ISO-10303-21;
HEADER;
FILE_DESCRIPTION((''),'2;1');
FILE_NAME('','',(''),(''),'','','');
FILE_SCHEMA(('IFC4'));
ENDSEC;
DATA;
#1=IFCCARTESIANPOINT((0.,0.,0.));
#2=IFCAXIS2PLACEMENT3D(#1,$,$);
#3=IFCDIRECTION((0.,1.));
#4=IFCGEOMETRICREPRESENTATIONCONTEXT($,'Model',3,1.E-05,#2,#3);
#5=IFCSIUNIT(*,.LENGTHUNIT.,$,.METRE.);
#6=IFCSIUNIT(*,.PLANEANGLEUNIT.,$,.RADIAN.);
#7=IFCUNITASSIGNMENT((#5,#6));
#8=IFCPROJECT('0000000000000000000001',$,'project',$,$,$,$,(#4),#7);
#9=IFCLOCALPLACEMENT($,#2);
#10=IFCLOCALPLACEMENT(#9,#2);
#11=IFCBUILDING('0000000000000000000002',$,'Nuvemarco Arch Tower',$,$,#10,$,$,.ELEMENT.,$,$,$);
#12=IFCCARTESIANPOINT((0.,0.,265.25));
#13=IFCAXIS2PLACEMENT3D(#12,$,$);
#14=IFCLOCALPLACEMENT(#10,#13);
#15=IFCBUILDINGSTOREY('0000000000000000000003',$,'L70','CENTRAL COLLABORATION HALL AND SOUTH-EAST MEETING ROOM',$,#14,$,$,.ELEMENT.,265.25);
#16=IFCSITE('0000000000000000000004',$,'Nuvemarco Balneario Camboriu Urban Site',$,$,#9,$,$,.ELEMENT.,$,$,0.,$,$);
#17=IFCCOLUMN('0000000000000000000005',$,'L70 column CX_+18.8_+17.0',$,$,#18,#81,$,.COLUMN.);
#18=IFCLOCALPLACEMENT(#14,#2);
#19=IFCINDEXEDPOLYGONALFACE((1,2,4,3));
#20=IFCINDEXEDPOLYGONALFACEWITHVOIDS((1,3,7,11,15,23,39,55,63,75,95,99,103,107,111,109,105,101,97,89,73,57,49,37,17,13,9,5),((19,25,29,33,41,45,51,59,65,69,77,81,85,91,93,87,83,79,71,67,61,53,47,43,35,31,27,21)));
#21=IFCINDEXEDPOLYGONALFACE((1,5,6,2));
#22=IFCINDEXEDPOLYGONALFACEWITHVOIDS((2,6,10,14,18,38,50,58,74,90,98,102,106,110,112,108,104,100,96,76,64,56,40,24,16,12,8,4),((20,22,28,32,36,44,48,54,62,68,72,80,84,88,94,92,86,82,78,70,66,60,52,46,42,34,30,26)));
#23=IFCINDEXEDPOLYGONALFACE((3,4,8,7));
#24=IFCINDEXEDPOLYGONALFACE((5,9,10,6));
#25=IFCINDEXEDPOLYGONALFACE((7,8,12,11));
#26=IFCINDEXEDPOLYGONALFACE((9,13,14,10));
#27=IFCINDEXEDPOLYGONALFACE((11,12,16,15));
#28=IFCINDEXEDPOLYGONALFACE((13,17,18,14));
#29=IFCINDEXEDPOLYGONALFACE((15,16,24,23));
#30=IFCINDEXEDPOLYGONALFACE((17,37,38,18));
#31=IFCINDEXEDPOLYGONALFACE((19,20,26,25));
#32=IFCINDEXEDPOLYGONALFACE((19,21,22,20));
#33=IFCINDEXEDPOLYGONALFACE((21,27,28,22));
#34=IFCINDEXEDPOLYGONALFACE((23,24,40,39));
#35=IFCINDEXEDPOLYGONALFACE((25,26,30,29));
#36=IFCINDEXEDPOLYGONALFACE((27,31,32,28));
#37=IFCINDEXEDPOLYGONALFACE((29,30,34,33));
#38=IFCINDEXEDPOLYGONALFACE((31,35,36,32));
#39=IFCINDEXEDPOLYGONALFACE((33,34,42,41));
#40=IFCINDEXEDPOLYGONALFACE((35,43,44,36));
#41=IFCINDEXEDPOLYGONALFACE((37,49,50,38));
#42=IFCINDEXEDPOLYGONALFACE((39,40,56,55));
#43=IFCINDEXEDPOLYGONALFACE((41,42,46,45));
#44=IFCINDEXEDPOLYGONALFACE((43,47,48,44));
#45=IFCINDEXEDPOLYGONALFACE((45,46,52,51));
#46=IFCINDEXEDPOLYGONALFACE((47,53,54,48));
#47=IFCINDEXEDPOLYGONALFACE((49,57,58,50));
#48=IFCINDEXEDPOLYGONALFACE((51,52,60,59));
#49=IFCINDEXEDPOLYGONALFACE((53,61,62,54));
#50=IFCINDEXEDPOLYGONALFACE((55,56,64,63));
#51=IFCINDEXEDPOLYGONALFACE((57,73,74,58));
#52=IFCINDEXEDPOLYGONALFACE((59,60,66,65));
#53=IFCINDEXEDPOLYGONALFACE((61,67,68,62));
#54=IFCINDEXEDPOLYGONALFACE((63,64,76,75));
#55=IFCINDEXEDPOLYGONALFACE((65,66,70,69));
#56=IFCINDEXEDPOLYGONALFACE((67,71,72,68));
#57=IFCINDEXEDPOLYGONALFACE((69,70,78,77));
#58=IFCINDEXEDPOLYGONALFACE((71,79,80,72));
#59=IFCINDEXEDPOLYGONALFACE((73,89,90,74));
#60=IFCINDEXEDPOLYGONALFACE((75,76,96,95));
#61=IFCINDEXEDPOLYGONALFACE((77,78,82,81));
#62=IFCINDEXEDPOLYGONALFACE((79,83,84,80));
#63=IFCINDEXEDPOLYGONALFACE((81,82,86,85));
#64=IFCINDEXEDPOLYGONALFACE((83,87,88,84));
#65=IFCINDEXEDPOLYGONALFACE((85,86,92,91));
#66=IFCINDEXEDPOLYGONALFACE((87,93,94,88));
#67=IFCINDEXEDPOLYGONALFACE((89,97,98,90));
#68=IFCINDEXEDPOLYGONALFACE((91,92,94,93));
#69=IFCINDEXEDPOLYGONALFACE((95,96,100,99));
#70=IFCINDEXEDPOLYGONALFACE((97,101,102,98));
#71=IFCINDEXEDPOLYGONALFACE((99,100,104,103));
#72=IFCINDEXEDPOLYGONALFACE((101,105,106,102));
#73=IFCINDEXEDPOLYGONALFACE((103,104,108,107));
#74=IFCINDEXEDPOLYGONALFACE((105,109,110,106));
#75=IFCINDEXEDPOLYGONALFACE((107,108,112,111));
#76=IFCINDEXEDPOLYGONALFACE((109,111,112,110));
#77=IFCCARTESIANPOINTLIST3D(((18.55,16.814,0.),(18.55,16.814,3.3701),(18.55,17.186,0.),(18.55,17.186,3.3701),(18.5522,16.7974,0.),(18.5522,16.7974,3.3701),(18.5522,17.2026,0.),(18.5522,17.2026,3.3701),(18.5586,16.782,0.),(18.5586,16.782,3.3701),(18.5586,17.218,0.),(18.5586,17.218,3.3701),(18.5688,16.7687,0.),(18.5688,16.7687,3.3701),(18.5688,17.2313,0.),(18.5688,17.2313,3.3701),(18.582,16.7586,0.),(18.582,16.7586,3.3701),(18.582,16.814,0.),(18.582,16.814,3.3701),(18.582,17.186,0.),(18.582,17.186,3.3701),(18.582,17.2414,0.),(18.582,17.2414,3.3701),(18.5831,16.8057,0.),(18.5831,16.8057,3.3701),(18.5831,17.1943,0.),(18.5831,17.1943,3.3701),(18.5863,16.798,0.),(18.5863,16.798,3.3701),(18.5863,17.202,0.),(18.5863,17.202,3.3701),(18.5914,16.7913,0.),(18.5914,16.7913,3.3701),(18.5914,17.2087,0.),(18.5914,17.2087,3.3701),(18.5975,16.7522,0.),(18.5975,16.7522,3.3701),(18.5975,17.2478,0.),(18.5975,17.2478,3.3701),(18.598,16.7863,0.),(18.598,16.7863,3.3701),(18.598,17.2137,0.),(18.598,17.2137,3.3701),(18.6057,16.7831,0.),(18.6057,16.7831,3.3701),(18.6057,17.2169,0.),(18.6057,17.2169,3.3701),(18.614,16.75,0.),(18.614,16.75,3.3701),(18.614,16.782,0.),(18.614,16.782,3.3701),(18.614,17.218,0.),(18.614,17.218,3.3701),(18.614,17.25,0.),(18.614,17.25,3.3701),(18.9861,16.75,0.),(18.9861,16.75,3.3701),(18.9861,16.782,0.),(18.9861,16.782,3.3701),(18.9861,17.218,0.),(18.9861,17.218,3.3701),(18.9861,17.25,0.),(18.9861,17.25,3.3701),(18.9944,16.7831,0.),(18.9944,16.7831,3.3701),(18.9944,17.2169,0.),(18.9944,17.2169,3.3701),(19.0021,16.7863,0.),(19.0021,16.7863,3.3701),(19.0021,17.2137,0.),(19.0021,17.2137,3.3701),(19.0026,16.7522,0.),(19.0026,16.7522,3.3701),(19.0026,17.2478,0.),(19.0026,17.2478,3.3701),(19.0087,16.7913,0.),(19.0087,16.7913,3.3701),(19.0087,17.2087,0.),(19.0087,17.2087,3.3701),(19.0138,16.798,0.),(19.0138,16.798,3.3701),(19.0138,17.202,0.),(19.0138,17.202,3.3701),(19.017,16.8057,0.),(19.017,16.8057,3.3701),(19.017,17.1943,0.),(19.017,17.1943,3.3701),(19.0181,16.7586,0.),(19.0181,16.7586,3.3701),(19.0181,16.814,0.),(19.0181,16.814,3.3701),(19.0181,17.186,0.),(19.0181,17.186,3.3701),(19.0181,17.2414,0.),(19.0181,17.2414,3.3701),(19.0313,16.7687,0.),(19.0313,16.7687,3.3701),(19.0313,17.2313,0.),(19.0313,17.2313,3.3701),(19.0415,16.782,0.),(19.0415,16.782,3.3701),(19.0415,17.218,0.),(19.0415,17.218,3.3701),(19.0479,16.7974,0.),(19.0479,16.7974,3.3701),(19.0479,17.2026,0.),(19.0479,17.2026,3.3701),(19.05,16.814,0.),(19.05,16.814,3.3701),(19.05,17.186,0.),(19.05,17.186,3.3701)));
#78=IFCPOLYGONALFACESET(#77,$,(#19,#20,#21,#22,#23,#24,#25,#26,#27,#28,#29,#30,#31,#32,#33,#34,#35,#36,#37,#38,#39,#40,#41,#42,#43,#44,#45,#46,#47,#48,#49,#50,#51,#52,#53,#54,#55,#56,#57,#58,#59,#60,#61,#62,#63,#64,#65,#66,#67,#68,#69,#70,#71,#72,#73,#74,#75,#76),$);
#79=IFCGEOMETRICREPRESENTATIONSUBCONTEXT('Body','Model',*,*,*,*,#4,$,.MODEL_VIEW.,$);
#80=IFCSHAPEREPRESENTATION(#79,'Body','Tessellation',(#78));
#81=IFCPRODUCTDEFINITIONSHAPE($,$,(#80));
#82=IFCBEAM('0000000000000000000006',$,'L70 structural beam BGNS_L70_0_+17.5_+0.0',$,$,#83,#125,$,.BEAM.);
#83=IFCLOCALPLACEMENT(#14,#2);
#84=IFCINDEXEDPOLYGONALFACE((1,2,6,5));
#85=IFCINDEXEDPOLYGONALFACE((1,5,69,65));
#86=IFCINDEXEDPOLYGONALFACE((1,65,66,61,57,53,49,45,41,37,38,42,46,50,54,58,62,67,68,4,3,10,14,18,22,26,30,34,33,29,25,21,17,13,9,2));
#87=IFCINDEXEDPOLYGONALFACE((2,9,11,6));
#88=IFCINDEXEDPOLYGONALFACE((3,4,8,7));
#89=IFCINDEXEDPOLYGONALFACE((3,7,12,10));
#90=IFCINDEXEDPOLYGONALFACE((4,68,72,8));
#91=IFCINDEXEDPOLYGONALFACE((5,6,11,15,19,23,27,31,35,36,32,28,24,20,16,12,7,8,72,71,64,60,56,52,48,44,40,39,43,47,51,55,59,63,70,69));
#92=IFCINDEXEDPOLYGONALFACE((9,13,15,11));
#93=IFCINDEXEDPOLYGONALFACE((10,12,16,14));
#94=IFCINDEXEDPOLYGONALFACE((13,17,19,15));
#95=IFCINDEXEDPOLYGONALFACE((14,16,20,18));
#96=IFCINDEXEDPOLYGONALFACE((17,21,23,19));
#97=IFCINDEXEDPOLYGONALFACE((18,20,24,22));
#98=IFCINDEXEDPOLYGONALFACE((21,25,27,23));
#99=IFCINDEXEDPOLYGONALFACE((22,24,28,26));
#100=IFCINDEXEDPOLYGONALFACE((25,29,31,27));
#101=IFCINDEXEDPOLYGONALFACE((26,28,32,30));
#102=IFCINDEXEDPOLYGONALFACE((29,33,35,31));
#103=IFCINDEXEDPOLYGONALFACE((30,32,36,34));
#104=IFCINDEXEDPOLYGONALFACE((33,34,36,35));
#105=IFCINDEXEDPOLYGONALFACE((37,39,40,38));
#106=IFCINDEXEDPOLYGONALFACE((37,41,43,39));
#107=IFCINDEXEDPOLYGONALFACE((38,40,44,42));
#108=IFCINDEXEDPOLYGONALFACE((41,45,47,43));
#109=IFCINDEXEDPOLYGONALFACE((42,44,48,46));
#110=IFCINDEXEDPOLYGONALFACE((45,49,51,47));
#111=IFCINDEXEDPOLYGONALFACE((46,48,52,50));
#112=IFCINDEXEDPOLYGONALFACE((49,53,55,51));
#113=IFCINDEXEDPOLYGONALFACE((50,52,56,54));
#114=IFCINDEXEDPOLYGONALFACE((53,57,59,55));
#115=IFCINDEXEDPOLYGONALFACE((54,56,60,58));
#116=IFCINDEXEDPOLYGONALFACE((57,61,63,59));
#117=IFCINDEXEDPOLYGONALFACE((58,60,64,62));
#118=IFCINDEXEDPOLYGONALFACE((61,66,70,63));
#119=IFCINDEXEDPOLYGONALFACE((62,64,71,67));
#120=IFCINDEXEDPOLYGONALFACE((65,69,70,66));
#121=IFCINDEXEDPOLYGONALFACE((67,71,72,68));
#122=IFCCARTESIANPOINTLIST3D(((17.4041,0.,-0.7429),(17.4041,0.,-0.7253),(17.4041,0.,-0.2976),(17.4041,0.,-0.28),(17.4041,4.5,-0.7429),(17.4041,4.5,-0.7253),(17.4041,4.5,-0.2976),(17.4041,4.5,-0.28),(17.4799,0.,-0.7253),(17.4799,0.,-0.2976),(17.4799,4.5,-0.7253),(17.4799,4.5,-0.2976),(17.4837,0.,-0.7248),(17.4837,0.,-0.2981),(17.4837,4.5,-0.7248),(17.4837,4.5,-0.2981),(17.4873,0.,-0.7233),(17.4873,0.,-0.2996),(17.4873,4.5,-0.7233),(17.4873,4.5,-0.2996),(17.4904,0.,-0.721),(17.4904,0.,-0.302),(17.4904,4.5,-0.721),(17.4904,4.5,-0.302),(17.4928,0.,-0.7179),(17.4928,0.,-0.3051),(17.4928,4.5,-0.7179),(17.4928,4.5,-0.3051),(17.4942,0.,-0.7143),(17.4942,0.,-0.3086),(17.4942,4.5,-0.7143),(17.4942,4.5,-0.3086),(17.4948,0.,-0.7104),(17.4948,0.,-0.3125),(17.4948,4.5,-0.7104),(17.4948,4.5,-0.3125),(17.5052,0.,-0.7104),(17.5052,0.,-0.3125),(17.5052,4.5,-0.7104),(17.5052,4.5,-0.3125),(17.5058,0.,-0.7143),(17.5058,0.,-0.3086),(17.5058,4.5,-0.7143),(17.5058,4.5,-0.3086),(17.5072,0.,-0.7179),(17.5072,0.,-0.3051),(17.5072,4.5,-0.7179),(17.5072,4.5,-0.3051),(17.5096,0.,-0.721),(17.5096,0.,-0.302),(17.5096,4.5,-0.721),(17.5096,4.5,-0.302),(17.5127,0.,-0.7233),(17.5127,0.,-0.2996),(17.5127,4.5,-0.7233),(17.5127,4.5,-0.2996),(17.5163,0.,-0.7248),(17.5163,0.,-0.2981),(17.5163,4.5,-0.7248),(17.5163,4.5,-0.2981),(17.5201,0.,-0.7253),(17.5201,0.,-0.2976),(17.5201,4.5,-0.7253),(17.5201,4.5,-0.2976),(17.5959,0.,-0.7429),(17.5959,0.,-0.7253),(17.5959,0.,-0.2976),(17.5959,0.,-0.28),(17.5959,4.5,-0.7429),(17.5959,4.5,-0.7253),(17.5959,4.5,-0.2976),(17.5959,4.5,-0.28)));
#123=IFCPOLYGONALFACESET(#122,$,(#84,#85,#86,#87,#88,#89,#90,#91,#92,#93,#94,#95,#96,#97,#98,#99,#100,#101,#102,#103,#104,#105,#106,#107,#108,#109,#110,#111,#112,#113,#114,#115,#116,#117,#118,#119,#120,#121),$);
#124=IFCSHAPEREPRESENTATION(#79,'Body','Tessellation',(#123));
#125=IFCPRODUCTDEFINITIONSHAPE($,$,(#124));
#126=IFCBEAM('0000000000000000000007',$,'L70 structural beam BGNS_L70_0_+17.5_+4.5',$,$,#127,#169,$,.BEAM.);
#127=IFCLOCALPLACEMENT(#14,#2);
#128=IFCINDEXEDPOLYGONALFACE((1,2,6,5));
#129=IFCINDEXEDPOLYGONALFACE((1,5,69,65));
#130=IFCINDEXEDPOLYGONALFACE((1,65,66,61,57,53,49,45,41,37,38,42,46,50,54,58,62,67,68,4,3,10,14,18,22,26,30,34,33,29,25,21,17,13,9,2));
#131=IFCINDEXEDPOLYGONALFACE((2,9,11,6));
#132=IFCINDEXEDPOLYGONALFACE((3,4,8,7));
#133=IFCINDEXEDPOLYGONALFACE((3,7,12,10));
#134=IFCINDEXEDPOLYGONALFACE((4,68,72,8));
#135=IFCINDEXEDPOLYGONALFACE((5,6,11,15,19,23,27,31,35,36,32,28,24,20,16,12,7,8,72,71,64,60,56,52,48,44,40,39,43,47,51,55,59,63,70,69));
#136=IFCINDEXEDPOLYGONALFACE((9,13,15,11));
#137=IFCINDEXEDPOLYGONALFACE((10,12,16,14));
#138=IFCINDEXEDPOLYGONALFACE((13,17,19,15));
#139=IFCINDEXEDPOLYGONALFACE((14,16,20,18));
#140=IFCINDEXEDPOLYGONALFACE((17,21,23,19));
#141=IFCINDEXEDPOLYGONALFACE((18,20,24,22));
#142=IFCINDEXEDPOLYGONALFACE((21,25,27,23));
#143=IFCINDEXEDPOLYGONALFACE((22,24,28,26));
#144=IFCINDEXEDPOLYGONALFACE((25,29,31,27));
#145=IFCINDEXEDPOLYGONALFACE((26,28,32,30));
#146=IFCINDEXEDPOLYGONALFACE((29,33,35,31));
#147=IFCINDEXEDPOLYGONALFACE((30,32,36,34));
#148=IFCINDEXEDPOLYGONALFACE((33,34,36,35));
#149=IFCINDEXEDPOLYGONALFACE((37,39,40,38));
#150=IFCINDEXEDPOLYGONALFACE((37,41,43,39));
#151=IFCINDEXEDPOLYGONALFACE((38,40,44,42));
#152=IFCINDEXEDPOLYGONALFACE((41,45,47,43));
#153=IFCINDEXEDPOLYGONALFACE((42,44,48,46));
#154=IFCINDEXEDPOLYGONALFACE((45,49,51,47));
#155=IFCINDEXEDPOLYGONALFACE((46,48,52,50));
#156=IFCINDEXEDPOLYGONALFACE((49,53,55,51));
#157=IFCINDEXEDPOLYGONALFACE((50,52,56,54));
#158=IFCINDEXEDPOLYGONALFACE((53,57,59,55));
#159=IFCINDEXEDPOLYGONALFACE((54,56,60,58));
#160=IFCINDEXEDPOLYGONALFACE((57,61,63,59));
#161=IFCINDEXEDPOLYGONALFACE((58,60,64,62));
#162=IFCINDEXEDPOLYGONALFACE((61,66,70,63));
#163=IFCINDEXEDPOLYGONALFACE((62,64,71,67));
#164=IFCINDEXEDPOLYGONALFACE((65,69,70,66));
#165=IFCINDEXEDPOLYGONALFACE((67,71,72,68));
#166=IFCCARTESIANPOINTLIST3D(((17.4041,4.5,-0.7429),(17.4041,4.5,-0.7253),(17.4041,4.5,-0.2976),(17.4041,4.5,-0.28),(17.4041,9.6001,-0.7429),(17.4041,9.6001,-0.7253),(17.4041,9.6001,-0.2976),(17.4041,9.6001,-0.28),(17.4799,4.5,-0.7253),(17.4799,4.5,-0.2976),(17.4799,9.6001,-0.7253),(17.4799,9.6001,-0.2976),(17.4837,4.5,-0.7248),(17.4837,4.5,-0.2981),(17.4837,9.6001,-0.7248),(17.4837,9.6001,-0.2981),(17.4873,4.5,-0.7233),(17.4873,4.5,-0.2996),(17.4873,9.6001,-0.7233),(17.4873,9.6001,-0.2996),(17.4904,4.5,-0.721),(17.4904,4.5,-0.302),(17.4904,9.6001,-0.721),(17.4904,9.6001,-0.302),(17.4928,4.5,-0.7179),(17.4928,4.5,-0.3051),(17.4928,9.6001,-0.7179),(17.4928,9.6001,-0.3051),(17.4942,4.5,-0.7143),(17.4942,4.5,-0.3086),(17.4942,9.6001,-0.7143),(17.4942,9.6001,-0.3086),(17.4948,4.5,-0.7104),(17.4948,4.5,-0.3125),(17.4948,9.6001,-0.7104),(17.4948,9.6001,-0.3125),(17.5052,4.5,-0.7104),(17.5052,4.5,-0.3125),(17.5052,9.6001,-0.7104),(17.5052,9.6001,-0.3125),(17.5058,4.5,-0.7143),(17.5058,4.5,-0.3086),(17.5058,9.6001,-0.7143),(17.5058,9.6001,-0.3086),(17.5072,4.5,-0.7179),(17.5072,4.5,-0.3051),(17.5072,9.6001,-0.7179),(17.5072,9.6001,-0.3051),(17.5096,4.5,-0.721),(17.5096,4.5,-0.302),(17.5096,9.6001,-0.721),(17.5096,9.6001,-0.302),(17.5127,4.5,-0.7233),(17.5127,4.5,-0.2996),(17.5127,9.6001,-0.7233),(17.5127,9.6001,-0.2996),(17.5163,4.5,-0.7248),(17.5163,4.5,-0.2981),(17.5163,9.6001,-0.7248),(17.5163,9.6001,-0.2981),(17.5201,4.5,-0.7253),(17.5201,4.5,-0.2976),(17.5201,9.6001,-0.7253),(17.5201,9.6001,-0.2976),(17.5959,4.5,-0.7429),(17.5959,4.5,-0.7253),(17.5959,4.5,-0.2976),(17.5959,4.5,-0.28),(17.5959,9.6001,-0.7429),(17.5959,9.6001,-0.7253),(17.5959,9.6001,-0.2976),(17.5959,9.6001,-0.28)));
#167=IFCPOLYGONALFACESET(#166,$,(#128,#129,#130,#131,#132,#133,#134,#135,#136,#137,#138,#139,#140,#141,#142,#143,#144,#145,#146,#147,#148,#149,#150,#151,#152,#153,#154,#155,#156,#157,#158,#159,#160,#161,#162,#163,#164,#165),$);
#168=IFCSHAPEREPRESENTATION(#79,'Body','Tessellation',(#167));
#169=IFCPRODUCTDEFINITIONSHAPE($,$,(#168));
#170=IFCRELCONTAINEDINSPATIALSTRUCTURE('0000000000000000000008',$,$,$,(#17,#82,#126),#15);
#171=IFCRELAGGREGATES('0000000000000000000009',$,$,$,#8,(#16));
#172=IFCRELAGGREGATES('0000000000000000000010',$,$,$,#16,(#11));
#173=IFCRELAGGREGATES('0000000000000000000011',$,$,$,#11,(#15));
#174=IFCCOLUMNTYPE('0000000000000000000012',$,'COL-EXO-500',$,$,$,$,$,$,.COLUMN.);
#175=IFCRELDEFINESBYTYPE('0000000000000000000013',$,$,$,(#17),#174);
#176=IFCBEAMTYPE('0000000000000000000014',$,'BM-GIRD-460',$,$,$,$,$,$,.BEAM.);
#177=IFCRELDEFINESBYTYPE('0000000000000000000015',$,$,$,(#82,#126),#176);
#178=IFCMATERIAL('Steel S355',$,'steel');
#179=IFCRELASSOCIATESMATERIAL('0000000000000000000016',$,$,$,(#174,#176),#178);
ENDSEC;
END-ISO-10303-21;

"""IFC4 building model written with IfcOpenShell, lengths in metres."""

from ifc_helpers import new_model, si_unit, direction, frame, origin, origin_2d, place, context, subcontext, project, spatial, hollow_rectangle, i_section, extrude, material, material_profile, profile_set, type_object, element, save


model = new_model("IFC4")

# Units and contexts
model_context = context("Model", 3, precision=1e-05, world=origin(), true_north=direction((0.0, 1.0)))
body_context = subcontext(model_context, "Body", "Model", "MODEL_VIEW")
ifc_project = project(units=[si_unit("LENGTHUNIT", "METRE"), si_unit("PLANEANGLEUNIT", "RADIAN")], contexts=[model_context])

# Site, building, storey
site_placement = place(None, origin())
site = spatial("IfcSite", under=ifc_project, at=site_placement, Name="Nuvemarco Balneario Camboriu Urban Site", CompositionType="ELEMENT", RefElevation=0.0)
building_placement = place(site_placement, origin())
building = spatial("IfcBuilding", under=site, at=building_placement, Name="Nuvemarco Arch Tower", CompositionType="ELEMENT")
storey_placement = place(building_placement, frame((0.0, 0.0, 265.25)))
storey = spatial("IfcBuildingStorey", under=building, at=storey_placement, Name="L70", Description="CENTRAL COLLABORATION HALL AND SOUTH-EAST MEETING ROOM", CompositionType="ELEMENT", Elevation=265.25)

# Column
ifc_material_1 = material(Name="Steel S355", Category="steel")
ifc_material_profile_1 = material_profile(ifc_material_1, hollow_rectangle(XDim=0.5, YDim=0.5, WallThickness=0.032, InnerFilletRadius=0.032, OuterFilletRadius=0.064, at=origin_2d()), Name="SHS500x500x32")
ifc_profile_set_1 = profile_set([ifc_material_profile_1], Name="Steel S355")
column_type_1 = type_object("IfcColumnType", Name="COL-EXO-500", PredefinedType="COLUMN", material=ifc_profile_set_1)
for number, where, z_axis, x_axis, name in (
    (1, (18.8, 17.0, 0.0), (0.0, 0.0, 1.0), (1.0, 0.0, 0.0), "L70 column CX_+18.8_+17.0"),
):
    element("IfcColumn", number, at=place(storey_placement, frame(where, z_axis=z_axis, x_axis=x_axis)), inside=storey, type_object=column_type_1, Name=name, PredefinedType="COLUMN", context=body_context, shape_type="SweptSolid", body=[
        extrude(hollow_rectangle(XDim=0.5, YDim=0.5, WallThickness=0.032, InnerFilletRadius=0.032, OuterFilletRadius=0.064, at=origin_2d()), origin(), (0.0, 0.0, 1.0), 3.3701),
    ])

# Beams
ifc_material_profile_2 = material_profile(ifc_material_1, i_section(OverallWidth=0.1919, OverallDepth=0.4629, WebThickness=0.0105, FlangeThickness=0.0176, FilletRadius=0.0149, at=origin_2d()), Name="W460x89")
ifc_profile_set_2 = profile_set([ifc_material_profile_2], Name="Steel S355")
beam_type_1 = type_object("IfcBeamType", Name="BM-GIRD-460", PredefinedType="BEAM", material=ifc_profile_set_2)
beam_1_placement = place(storey_placement, frame((17.5, 0.0, -0.5115), z_axis=(0.0, 1.0, 0.0), x_axis=(-1.0, 0.0, 0.0)))
element("IfcBeam", 2, at=beam_1_placement, inside=storey, type_object=beam_type_1, Name="L70 structural beam BGNS_L70_0_+17.5_+0.0", PredefinedType="BEAM", context=body_context, shape_type="SweptSolid", body=[
    extrude(i_section(OverallWidth=0.1919, OverallDepth=0.4629, WebThickness=0.0105, FlangeThickness=0.0176, FilletRadius=0.0149, at=origin_2d()), origin(), (0.0, 0.0, 1.0), 4.5),
])
beam_2_placement = place(storey_placement, frame((17.5, 4.5, -0.5115), z_axis=(0.0, 1.0, 0.0), x_axis=(-1.0, 0.0, 0.0)))
element("IfcBeam", 3, at=beam_2_placement, inside=storey, type_object=beam_type_1, Name="L70 structural beam BGNS_L70_0_+17.5_+4.5", PredefinedType="BEAM", context=body_context, shape_type="SweptSolid", body=[
    extrude(i_section(OverallWidth=0.1919, OverallDepth=0.4629, WebThickness=0.0105, FlangeThickness=0.0176, FilletRadius=0.0149, at=origin_2d()), origin(), (0.0, 0.0, 1.0), 5.1001),
])

save(model, "model.ifc")
